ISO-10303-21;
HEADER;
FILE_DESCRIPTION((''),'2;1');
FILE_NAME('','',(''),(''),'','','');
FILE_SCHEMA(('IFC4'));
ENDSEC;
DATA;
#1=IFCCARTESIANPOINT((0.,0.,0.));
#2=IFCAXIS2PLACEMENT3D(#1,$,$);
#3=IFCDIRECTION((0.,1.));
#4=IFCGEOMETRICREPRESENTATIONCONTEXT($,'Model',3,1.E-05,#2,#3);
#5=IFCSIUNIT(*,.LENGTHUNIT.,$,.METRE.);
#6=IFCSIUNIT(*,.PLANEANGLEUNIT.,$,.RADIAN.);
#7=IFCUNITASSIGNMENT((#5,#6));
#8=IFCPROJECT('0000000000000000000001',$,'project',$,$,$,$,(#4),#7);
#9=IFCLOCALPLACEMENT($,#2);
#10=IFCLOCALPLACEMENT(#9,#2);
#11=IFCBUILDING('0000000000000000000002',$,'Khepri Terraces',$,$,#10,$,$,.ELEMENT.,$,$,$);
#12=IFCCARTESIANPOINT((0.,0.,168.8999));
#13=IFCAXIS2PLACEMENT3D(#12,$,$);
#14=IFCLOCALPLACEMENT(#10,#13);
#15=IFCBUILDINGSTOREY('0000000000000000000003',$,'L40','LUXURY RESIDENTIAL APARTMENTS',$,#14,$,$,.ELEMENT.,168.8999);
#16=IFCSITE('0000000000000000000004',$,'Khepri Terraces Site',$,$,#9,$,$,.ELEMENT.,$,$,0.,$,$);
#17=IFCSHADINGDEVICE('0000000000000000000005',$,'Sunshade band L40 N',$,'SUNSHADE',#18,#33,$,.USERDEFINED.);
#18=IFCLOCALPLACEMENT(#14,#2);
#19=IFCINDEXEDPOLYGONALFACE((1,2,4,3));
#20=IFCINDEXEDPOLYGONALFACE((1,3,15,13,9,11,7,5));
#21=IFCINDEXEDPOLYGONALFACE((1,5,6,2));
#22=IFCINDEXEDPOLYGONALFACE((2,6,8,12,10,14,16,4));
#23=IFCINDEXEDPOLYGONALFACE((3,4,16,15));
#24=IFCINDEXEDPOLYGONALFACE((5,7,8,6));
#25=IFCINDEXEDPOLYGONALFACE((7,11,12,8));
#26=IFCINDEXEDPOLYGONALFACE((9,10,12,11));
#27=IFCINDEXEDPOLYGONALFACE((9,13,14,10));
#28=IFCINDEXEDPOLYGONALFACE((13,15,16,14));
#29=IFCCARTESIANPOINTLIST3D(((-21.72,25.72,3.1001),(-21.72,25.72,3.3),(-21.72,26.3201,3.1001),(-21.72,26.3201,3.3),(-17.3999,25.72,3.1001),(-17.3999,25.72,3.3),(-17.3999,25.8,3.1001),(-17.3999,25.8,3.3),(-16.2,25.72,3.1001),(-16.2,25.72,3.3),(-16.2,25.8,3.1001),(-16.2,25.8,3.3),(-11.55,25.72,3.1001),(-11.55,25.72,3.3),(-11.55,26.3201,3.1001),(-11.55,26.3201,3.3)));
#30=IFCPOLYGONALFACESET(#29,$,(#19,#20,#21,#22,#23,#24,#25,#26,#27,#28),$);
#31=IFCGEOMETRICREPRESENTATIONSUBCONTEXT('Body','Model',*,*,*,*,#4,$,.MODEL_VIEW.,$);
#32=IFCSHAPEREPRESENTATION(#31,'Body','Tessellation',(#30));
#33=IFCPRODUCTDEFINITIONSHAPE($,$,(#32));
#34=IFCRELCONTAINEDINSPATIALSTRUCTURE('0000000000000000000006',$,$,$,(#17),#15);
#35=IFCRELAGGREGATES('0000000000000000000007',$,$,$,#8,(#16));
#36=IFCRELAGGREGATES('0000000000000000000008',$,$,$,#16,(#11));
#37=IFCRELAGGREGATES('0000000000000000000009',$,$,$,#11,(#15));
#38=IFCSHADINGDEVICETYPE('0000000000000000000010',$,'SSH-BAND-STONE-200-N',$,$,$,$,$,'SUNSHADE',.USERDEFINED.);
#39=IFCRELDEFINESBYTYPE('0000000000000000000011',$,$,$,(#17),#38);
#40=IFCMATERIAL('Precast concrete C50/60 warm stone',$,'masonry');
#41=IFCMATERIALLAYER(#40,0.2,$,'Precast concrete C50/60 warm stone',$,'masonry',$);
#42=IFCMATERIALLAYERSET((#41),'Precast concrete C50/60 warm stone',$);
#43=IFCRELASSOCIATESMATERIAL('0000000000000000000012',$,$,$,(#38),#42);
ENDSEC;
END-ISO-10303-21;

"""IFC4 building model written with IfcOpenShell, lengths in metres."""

from ifc_helpers import new_model, si_unit, direction, frame, origin, place, context, subcontext, project, spatial, polyline, outline, extrude, material, layer, layer_set, type_object, element, save


model = new_model("IFC4")

# Units and contexts
model_context = context("Model", 3, precision=1e-05, world=origin(), true_north=direction((0.0, 1.0)))
body_context = subcontext(model_context, "Body", "Model", "MODEL_VIEW")
ifc_project = project(units=[si_unit("LENGTHUNIT", "METRE"), si_unit("PLANEANGLEUNIT", "RADIAN")], contexts=[model_context])

# Site, building, storey
site_placement = place(None, origin())
site = spatial("IfcSite", under=ifc_project, at=site_placement, Name="Khepri Terraces Site", CompositionType="ELEMENT", RefElevation=0.0)
building_placement = place(site_placement, origin())
building = spatial("IfcBuilding", under=site, at=building_placement, Name="Khepri Terraces", CompositionType="ELEMENT")
storey_placement = place(building_placement, frame((0.0, 0.0, 168.8999)))
storey = spatial("IfcBuildingStorey", under=building, at=storey_placement, Name="L40", Description="LUXURY RESIDENTIAL APARTMENTS", CompositionType="ELEMENT", Elevation=168.8999)

# Shared definitions
ifc_material_1 = material(Name="Precast concrete C50/60 warm stone", Category="masonry")

# Shading device
ifc_layer_1 = layer(ifc_material_1, 0.2, Name="Precast concrete C50/60 warm stone", Category="masonry")
ifc_layer_set_1 = layer_set([ifc_layer_1], Name="Precast concrete C50/60 warm stone")
shading_device_type_1 = type_object("IfcShadingDeviceType", Name="SSH-BAND-STONE-200-N", ElementType="SUNSHADE", PredefinedType="USERDEFINED", material=ifc_layer_set_1)
shading_device_1_placement = place(storey_placement, frame((0.0, 0.0, 3.1001)))
element("IfcShadingDevice", 1, at=shading_device_1_placement, inside=storey, type_object=shading_device_type_1, Name="Sunshade band L40 N", ObjectType="SUNSHADE", PredefinedType="USERDEFINED", context=body_context, shape_type="SweptSolid", body=[
    extrude(outline(polyline([(-16.2, 25.72), (-11.55, 25.72), (-11.55, 26.3201), (-21.72, 26.3201), (-21.72, 25.72), (-17.3999, 25.72), (-17.3999, 25.8), (-16.2, 25.8), (-16.2, 25.72)])), origin(), (0.0, 0.0, 1.0), 0.2),
])

save(model, "model.ifc")
